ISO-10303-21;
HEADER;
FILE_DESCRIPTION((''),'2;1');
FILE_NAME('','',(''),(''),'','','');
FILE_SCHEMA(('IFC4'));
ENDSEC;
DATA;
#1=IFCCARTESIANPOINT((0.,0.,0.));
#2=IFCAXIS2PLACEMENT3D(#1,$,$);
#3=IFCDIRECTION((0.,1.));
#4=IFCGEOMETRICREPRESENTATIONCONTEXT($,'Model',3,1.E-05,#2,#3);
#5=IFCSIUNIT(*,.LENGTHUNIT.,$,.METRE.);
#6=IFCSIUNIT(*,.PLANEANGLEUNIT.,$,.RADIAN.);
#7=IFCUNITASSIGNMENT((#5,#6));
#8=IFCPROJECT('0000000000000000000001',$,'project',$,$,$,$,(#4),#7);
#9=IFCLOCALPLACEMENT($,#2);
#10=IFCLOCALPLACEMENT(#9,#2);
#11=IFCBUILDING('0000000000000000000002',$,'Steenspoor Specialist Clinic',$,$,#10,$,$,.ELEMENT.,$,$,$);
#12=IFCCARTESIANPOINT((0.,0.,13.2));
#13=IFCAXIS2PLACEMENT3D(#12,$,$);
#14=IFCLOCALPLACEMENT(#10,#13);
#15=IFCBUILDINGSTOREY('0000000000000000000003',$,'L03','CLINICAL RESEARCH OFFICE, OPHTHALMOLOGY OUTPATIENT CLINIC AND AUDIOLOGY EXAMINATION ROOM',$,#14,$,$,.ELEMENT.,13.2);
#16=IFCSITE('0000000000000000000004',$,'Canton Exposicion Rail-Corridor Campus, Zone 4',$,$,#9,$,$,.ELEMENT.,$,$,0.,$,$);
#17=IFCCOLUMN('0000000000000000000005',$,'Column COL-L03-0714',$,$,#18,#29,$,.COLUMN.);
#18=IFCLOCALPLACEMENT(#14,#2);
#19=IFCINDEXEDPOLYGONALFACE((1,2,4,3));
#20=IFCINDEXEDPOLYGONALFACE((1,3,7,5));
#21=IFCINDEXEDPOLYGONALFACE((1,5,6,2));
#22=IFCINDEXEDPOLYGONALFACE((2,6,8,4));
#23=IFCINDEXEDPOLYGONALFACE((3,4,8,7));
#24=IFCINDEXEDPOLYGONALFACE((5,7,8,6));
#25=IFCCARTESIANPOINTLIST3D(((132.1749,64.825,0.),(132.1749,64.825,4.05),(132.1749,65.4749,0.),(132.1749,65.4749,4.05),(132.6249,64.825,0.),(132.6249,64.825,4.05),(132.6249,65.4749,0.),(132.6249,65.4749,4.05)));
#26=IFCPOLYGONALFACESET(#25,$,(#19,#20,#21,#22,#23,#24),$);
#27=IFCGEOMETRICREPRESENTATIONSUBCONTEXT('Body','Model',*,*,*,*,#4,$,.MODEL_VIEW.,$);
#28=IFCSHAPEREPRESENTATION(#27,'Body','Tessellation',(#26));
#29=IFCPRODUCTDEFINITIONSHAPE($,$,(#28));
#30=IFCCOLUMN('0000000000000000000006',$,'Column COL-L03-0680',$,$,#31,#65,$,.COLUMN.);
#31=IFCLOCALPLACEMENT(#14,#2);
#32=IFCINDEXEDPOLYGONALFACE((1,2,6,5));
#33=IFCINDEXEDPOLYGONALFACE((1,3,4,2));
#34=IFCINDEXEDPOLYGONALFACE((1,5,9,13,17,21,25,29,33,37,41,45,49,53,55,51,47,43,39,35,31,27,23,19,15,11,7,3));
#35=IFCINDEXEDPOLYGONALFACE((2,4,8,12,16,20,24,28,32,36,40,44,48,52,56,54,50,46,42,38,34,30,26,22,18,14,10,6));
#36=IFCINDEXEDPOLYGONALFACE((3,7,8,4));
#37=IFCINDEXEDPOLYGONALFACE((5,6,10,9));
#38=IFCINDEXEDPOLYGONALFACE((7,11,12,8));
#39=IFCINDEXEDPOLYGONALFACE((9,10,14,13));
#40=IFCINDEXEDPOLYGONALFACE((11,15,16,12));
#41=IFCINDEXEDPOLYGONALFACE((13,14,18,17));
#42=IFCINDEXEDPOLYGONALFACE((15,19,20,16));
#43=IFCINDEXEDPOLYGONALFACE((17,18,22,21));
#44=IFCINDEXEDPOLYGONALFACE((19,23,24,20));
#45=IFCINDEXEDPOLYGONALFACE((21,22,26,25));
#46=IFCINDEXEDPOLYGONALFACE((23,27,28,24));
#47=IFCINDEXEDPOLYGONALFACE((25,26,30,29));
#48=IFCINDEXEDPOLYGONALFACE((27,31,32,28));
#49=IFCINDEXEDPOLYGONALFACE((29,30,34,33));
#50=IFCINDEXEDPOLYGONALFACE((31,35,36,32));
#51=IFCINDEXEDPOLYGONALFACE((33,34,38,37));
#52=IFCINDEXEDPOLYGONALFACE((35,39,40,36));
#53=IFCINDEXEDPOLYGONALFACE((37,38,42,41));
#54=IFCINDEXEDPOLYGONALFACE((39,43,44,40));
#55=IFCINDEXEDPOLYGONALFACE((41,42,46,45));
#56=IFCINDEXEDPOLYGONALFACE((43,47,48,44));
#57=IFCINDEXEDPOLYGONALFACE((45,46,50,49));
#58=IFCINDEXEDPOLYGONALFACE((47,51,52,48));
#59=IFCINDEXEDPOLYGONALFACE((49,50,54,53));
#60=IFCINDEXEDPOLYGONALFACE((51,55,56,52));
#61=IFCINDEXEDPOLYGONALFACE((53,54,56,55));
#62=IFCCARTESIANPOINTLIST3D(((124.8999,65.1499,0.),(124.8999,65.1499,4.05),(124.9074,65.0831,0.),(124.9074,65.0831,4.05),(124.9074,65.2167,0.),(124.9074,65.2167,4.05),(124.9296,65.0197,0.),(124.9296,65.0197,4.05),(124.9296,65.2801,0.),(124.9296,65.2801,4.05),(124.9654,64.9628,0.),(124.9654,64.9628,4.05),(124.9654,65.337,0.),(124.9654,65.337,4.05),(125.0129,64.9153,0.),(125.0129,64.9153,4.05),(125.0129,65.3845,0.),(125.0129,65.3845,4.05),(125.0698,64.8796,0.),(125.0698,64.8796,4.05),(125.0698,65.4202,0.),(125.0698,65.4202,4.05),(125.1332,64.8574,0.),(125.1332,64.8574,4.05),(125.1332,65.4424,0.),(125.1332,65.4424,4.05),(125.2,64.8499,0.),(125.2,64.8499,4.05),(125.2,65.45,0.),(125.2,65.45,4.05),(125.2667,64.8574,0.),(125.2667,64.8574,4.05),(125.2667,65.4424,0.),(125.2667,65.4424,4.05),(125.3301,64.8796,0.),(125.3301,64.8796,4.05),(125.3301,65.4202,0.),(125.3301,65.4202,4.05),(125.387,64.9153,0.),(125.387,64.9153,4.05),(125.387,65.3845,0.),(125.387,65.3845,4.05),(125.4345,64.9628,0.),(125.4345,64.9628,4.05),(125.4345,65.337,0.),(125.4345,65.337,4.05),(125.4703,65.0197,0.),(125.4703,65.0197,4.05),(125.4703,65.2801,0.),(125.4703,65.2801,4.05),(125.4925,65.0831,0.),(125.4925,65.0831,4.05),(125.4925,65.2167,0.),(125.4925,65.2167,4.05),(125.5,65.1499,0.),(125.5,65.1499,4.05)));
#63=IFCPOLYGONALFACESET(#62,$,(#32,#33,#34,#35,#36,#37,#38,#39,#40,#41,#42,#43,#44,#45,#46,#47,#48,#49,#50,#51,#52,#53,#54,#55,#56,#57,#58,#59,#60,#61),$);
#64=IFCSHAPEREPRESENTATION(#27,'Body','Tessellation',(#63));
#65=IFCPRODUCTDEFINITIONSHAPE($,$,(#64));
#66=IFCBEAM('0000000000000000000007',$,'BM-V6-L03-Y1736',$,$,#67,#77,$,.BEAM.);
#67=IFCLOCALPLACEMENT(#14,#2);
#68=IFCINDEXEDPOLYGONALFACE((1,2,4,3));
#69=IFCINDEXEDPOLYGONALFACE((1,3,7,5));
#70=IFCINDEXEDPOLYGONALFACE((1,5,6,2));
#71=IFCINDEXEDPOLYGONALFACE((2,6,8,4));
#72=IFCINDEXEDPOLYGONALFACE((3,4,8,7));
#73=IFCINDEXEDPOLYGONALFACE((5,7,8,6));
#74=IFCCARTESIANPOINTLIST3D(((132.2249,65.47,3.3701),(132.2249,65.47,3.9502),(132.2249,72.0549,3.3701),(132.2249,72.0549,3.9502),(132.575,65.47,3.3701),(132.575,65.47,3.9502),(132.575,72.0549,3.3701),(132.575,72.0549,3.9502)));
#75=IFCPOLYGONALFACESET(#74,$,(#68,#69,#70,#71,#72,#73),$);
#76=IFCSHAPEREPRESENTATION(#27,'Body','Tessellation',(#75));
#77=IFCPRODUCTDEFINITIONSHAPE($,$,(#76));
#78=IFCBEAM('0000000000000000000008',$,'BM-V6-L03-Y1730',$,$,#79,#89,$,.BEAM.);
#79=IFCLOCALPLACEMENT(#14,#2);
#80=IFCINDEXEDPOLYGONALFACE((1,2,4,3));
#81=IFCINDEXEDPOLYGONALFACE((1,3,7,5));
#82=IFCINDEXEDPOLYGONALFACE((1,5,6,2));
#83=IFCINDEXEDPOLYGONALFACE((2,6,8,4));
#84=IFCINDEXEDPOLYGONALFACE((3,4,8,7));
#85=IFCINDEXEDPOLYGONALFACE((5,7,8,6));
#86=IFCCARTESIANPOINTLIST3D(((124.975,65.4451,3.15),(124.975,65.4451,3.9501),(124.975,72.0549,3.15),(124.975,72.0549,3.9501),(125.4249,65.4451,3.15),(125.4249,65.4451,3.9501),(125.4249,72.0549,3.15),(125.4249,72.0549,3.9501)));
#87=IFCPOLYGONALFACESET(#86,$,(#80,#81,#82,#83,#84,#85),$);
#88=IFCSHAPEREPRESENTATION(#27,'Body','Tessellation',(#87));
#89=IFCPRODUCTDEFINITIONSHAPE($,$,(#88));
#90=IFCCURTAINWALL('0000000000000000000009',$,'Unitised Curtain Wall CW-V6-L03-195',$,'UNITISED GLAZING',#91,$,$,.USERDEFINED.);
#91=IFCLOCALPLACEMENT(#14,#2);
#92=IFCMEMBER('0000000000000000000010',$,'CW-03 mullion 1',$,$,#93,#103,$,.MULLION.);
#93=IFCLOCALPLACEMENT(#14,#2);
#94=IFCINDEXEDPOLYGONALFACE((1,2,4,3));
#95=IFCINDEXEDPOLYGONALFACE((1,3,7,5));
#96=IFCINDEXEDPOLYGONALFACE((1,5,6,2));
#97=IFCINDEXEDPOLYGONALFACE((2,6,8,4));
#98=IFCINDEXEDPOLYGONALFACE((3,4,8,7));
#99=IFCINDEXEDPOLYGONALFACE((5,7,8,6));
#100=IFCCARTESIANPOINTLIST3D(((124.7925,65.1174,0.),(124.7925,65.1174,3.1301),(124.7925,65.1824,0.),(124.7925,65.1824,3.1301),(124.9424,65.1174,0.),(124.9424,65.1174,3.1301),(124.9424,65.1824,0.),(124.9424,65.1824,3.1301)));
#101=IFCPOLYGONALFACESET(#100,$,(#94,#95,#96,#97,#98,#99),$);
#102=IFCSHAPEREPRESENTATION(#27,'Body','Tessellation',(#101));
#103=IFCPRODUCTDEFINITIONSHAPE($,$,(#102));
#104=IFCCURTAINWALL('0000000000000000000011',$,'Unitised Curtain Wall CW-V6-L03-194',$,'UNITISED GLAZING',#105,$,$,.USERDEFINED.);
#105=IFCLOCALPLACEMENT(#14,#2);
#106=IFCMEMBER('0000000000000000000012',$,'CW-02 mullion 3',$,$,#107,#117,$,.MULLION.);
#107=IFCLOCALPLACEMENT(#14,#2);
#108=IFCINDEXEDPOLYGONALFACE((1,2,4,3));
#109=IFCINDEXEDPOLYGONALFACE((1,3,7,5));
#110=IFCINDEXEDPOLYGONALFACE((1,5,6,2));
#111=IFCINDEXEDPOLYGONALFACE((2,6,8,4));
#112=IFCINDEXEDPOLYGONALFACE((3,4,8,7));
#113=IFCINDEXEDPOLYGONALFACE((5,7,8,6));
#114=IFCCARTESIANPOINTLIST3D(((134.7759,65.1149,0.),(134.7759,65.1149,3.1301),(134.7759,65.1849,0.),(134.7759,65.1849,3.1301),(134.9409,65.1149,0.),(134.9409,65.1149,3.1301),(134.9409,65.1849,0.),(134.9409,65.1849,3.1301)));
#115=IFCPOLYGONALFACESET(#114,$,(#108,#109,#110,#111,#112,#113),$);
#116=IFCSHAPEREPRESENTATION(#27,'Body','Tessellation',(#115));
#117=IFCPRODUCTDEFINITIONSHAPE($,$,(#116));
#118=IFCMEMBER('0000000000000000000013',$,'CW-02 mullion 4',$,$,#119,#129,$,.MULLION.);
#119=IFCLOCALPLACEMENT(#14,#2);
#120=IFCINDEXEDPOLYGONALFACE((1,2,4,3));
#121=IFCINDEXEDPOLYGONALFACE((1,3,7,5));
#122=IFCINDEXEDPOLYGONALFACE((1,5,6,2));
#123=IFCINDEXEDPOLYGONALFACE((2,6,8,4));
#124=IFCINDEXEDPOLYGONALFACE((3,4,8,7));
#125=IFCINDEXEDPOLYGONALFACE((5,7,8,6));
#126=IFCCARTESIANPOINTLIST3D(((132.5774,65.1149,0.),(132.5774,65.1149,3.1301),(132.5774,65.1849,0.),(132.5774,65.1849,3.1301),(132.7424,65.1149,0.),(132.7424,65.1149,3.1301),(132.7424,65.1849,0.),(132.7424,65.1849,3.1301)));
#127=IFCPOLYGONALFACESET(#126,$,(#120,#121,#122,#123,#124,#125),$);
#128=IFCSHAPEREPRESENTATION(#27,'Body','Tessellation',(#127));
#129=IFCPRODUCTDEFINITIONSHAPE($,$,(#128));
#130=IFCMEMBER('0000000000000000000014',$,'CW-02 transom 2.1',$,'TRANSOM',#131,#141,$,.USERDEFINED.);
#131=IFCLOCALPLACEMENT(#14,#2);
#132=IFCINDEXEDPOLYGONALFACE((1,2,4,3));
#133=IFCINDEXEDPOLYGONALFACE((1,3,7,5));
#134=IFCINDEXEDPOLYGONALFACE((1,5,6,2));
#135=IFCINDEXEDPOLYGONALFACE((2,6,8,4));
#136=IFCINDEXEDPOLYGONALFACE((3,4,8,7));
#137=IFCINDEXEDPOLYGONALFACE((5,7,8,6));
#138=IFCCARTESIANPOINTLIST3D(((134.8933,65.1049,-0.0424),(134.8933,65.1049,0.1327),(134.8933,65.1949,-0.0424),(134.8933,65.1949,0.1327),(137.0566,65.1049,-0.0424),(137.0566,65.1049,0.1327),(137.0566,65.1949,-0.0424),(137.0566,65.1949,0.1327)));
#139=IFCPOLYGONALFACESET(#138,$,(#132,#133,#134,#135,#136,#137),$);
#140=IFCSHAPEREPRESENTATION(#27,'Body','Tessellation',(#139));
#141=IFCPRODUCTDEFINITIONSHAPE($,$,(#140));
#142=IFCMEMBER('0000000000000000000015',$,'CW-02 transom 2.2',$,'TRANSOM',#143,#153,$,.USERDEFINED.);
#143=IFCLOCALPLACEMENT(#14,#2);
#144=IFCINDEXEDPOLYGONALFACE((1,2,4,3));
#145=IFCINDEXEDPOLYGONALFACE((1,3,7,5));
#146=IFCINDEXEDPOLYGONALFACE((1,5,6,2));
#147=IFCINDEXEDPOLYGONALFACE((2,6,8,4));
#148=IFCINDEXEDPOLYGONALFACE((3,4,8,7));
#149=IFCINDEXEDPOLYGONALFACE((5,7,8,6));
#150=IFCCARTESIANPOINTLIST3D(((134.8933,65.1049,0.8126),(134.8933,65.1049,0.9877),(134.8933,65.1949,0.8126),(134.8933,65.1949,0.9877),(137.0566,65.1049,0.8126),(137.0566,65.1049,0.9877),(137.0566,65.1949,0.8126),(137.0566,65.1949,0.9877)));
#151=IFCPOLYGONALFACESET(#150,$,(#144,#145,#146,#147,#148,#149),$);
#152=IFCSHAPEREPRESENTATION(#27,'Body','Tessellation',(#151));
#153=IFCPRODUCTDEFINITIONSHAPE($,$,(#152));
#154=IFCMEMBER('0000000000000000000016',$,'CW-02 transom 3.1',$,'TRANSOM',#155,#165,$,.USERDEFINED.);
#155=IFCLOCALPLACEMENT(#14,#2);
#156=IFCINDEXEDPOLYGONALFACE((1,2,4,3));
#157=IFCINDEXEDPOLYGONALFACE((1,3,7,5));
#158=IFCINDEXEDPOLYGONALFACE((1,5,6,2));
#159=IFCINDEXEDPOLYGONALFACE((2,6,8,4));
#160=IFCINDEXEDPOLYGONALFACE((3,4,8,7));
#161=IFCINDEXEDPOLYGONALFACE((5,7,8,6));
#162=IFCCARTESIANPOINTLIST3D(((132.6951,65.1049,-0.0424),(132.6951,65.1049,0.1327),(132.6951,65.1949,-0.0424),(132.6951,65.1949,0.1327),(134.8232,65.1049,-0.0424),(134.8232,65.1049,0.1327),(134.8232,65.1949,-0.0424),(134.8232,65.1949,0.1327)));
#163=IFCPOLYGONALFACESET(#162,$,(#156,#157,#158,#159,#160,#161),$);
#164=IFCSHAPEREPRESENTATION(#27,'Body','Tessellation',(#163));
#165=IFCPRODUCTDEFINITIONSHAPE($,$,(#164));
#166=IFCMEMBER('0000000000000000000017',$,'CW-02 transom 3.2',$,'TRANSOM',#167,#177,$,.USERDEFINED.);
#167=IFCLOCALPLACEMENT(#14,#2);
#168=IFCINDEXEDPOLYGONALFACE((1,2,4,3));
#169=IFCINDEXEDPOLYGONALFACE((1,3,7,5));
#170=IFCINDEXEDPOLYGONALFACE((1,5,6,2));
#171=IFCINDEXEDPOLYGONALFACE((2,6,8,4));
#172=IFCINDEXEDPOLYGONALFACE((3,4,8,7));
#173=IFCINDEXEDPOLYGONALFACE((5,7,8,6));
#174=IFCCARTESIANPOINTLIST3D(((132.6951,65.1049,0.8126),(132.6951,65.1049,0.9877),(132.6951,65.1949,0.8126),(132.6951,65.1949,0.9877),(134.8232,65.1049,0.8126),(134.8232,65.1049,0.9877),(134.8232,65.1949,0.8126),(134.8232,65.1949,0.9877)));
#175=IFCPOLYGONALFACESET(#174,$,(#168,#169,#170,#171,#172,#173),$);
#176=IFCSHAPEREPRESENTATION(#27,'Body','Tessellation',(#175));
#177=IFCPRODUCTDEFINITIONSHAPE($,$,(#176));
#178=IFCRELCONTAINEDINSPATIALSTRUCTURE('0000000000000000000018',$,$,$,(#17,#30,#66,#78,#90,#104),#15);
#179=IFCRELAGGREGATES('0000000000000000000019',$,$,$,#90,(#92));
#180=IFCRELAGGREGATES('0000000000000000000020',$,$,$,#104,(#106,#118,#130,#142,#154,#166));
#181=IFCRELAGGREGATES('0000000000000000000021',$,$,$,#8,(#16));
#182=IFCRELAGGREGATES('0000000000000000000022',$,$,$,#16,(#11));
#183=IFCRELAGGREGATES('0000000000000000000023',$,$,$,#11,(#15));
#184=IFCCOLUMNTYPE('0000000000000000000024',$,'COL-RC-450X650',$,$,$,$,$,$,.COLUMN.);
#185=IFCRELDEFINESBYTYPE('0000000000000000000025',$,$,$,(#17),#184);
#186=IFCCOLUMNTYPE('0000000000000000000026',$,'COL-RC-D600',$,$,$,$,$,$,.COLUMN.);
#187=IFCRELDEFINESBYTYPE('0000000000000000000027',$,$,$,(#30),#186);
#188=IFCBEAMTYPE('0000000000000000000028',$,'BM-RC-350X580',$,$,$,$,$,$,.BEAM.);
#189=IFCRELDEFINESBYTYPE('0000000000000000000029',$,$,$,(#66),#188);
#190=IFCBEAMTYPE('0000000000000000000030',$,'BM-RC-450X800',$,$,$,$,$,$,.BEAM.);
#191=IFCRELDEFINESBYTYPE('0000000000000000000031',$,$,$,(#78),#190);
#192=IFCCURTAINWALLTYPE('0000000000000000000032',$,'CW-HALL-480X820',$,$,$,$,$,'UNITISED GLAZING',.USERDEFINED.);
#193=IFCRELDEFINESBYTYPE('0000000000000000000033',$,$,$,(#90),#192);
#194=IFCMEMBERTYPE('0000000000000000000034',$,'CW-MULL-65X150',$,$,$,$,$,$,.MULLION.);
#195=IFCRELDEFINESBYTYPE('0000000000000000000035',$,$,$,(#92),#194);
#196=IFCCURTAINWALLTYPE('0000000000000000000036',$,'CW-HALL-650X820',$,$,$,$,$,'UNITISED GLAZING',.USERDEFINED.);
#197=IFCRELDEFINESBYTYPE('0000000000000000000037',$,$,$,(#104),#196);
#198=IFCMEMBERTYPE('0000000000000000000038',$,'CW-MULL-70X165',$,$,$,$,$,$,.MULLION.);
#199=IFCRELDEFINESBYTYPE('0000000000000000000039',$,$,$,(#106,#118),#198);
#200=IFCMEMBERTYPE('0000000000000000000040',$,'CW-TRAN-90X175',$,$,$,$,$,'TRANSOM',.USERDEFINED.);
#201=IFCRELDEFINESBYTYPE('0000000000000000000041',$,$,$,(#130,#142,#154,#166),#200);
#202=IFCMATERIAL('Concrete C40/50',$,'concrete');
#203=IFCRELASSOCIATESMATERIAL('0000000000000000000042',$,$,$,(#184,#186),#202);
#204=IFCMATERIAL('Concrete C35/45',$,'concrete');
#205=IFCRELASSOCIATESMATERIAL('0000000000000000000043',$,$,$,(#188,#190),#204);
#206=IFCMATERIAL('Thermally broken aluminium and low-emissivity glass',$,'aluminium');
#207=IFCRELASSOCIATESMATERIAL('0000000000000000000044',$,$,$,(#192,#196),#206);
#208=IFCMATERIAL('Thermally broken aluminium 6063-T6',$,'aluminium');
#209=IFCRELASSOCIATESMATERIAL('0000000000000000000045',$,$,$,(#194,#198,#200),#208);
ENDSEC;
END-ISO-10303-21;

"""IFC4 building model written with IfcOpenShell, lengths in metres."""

from ifc_helpers import new_model, si_unit, direction, frame, origin, origin_2d, place, context, subcontext, project, spatial, rectangle, circle, extrude, material, material_profile, profile_set, type_object, element, aggregate, save


model = new_model("IFC4")

# Units and contexts
model_context = context("Model", 3, precision=1e-05, world=origin(), true_north=direction((0.0, 1.0)))
body_context = subcontext(model_context, "Body", "Model", "MODEL_VIEW")
ifc_project = project(units=[si_unit("LENGTHUNIT", "METRE"), si_unit("PLANEANGLEUNIT", "RADIAN")], contexts=[model_context])

# Site, building, storey
site_placement = place(None, origin())
site = spatial("IfcSite", under=ifc_project, at=site_placement, Name="Canton Exposicion Rail-Corridor Campus, Zone 4", CompositionType="ELEMENT", RefElevation=0.0)
building_placement = place(site_placement, origin())
building = spatial("IfcBuilding", under=site, at=building_placement, Name="Steenspoor Specialist Clinic", CompositionType="ELEMENT")
storey_placement = place(building_placement, frame((0.0, 0.0, 13.2)))
storey = spatial("IfcBuildingStorey", under=building, at=storey_placement, Name="L03", Description="CLINICAL RESEARCH OFFICE, OPHTHALMOLOGY OUTPATIENT CLINIC AND AUDIOLOGY EXAMINATION ROOM", CompositionType="ELEMENT", Elevation=13.2)

# Columns
ifc_material_1 = material(Name="Concrete C40/50", Category="concrete")
ifc_material_profile_1 = material_profile(ifc_material_1, rectangle(XDim=0.45, YDim=0.6499, at=origin_2d()), Name="RC-COL-450X650")
ifc_profile_set_1 = profile_set([ifc_material_profile_1], Name="Concrete C40/50")
column_type_1 = type_object("IfcColumnType", Name="COL-RC-450X650", PredefinedType="COLUMN", material=ifc_profile_set_1)
column_1_placement = place(storey_placement, frame((132.3999, 65.1499, 0.0), z_axis=(0.0, 0.0, 1.0), x_axis=(1.0, 0.0, 0.0)))
element("IfcColumn", 1, at=column_1_placement, inside=storey, type_object=column_type_1, Name="Column COL-L03-0714", PredefinedType="COLUMN", context=body_context, shape_type="SweptSolid", body=[
    extrude(rectangle(XDim=0.45, YDim=0.6499, at=origin_2d()), origin(), (0.0, 0.0, 1.0), 4.05),
])
ifc_material_profile_2 = material_profile(ifc_material_1, circle(Radius=0.3, at=origin_2d()), Name="RC-COL-D600")
ifc_profile_set_2 = profile_set([ifc_material_profile_2], Name="Concrete C40/50")
column_type_2 = type_object("IfcColumnType", Name="COL-RC-D600", PredefinedType="COLUMN", material=ifc_profile_set_2)
column_2_placement = place(storey_placement, frame((125.2, 65.1499, 0.0), z_axis=(0.0, 0.0, 1.0), x_axis=(1.0, 0.0, 0.0)))
element("IfcColumn", 2, at=column_2_placement, inside=storey, type_object=column_type_2, Name="Column COL-L03-0680", PredefinedType="COLUMN", context=body_context, shape_type="SweptSolid", body=[
    extrude(circle(Radius=0.3, at=origin_2d()), origin(), (0.0, 0.0, 1.0), 4.05),
])

# Beams
ifc_material_2 = material(Name="Concrete C35/45", Category="concrete")
ifc_material_profile_3 = material_profile(ifc_material_2, rectangle(XDim=0.3501, YDim=0.5801, at=origin_2d()), Name="RC-BM-350X580")
ifc_profile_set_3 = profile_set([ifc_material_profile_3], Name="Concrete C35/45")
beam_type_1 = type_object("IfcBeamType", Name="BM-RC-350X580", PredefinedType="BEAM", material=ifc_profile_set_3)
beam_1_placement = place(storey_placement, frame((132.3999, 65.47, 3.6602), z_axis=(0.0, 1.0, 0.0), x_axis=(-1.0, 0.0, 0.0)))
element("IfcBeam", 3, at=beam_1_placement, inside=storey, type_object=beam_type_1, Name="BM-V6-L03-Y1736", PredefinedType="BEAM", context=body_context, shape_type="SweptSolid", body=[
    extrude(rectangle(XDim=0.3501, YDim=0.5801, at=origin_2d()), origin(), (0.0, 0.0, 1.0), 6.585),
])
ifc_material_profile_4 = material_profile(ifc_material_2, rectangle(XDim=0.45, YDim=0.8, at=origin_2d()), Name="RC-BM-450X800")
ifc_profile_set_4 = profile_set([ifc_material_profile_4], Name="Concrete C35/45")
beam_type_2 = type_object("IfcBeamType", Name="BM-RC-450X800", PredefinedType="BEAM", material=ifc_profile_set_4)
beam_2_placement = place(storey_placement, frame((125.2, 65.4451, 3.55), z_axis=(0.0, 1.0, 0.0), x_axis=(-1.0, 0.0, 0.0)))
element("IfcBeam", 4, at=beam_2_placement, inside=storey, type_object=beam_type_2, Name="BM-V6-L03-Y1730", PredefinedType="BEAM", context=body_context, shape_type="SweptSolid", body=[
    extrude(rectangle(XDim=0.45, YDim=0.8, at=origin_2d()), origin(), (0.0, 0.0, 1.0), 6.6099),
])

# Curtain wall, member
ifc_material_3 = material(Name="Thermally broken aluminium and low-emissivity glass", Category="aluminium")
curtain_wall_type_1 = type_object("IfcCurtainWallType", Name="CW-HALL-480X820", ElementType="UNITISED GLAZING", PredefinedType="USERDEFINED", material=ifc_material_3)
curtain_wall_1_placement = place(storey_placement, origin())
curtain_wall_1 = element("IfcCurtainWall", 5, at=curtain_wall_1_placement, inside=storey, type_object=curtain_wall_type_1, Name="Unitised Curtain Wall CW-V6-L03-195", ObjectType="UNITISED GLAZING", PredefinedType="USERDEFINED")
ifc_material_4 = material(Name="Thermally broken aluminium 6063-T6", Category="aluminium")
ifc_material_profile_5 = material_profile(ifc_material_4, rectangle(XDim=0.0649, YDim=0.1499, at=origin_2d()), Name="CWM-65X150")
ifc_profile_set_5 = profile_set([ifc_material_profile_5], Name="Thermally broken aluminium 6063-T6")
member_type_1 = type_object("IfcMemberType", Name="CW-MULL-65X150", PredefinedType="MULLION", material=ifc_profile_set_5)
member_1_placement = place(storey_placement, frame((124.8674, 65.1499, 0.0), z_axis=(0.0, 0.0, 1.0), x_axis=(0.0, -1.0, 0.0)))
member_1 = element("IfcMember", 6, at=member_1_placement, type_object=member_type_1, Name="CW-03 mullion 1", PredefinedType="MULLION", context=body_context, shape_type="SweptSolid", body=[
    extrude(rectangle(XDim=0.0649, YDim=0.1499, at=origin_2d()), origin(), (0.0, 0.0, 1.0), 3.1301),
])
aggregate(curtain_wall_1, [member_1])

# Curtain wall, members
curtain_wall_type_2 = type_object("IfcCurtainWallType", Name="CW-HALL-650X820", ElementType="UNITISED GLAZING", PredefinedType="USERDEFINED", material=ifc_material_3)
curtain_wall_2_placement = place(storey_placement, origin())
curtain_wall_2 = element("IfcCurtainWall", 7, at=curtain_wall_2_placement, inside=storey, type_object=curtain_wall_type_2, Name="Unitised Curtain Wall CW-V6-L03-194", ObjectType="UNITISED GLAZING", PredefinedType="USERDEFINED")
ifc_material_profile_6 = material_profile(ifc_material_4, rectangle(XDim=0.0701, YDim=0.165, at=origin_2d()), Name="CWM-70X165")
ifc_profile_set_6 = profile_set([ifc_material_profile_6], Name="Thermally broken aluminium 6063-T6")
member_type_2 = type_object("IfcMemberType", Name="CW-MULL-70X165", PredefinedType="MULLION", material=ifc_profile_set_6)
member_2_placement = place(storey_placement, frame((134.8584, 65.1499, 0.0), z_axis=(0.0, 0.0, 1.0), x_axis=(0.0, -1.0, 0.0)))
member_2 = element("IfcMember", 8, at=member_2_placement, type_object=member_type_2, Name="CW-02 mullion 3", PredefinedType="MULLION", context=body_context, shape_type="SweptSolid", body=[
    extrude(rectangle(XDim=0.0701, YDim=0.165, at=origin_2d()), origin(), (0.0, 0.0, 1.0), 3.1301),
])
member_3_placement = place(storey_placement, frame((132.6599, 65.1499, 0.0), z_axis=(0.0, 0.0, 1.0), x_axis=(0.0, -1.0, 0.0)))
member_3 = element("IfcMember", 9, at=member_3_placement, type_object=member_type_2, Name="CW-02 mullion 4", PredefinedType="MULLION", context=body_context, shape_type="SweptSolid", body=[
    extrude(rectangle(XDim=0.0701, YDim=0.165, at=origin_2d()), origin(), (0.0, 0.0, 1.0), 3.1301),
])
ifc_material_profile_7 = material_profile(ifc_material_4, rectangle(XDim=0.0901, YDim=0.175, at=origin_2d()), Name="CWT-90X175")
ifc_profile_set_7 = profile_set([ifc_material_profile_7], Name="Thermally broken aluminium 6063-T6")
member_type_3 = type_object("IfcMemberType", Name="CW-TRAN-90X175", ElementType="TRANSOM", PredefinedType="USERDEFINED", material=ifc_profile_set_7)
member_4_placement = place(storey_placement, frame((137.0566, 65.1499, 0.0452), z_axis=(-1.0, 0.0, 0.0), x_axis=(0.0, -1.0, 0.0)))
member_4 = element("IfcMember", 10, at=member_4_placement, type_object=member_type_3, Name="CW-02 transom 2.1", ObjectType="TRANSOM", PredefinedType="USERDEFINED", context=body_context, shape_type="SweptSolid", body=[
    extrude(rectangle(XDim=0.0901, YDim=0.175, at=origin_2d()), origin(), (0.0, 0.0, 1.0), 2.1633),
])
member_5_placement = place(storey_placement, frame((137.0566, 65.1499, 0.9001), z_axis=(-1.0, 0.0, 0.0), x_axis=(0.0, -1.0, 0.0)))
member_5 = element("IfcMember", 11, at=member_5_placement, type_object=member_type_3, Name="CW-02 transom 2.2", ObjectType="TRANSOM", PredefinedType="USERDEFINED", context=body_context, shape_type="SweptSolid", body=[
    extrude(rectangle(XDim=0.0901, YDim=0.175, at=origin_2d()), origin(), (0.0, 0.0, 1.0), 2.1633),
])
member_6_placement = place(storey_placement, frame((134.8232, 65.1499, 0.0452), z_axis=(-1.0, 0.0, 0.0), x_axis=(0.0, -1.0, 0.0)))
member_6 = element("IfcMember", 12, at=member_6_placement, type_object=member_type_3, Name="CW-02 transom 3.1", ObjectType="TRANSOM", PredefinedType="USERDEFINED", context=body_context, shape_type="SweptSolid", body=[
    extrude(rectangle(XDim=0.0901, YDim=0.175, at=origin_2d()), origin(), (0.0, 0.0, 1.0), 2.1282),
])
member_7_placement = place(storey_placement, frame((134.8232, 65.1499, 0.9001), z_axis=(-1.0, 0.0, 0.0), x_axis=(0.0, -1.0, 0.0)))
member_7 = element("IfcMember", 13, at=member_7_placement, type_object=member_type_3, Name="CW-02 transom 3.2", ObjectType="TRANSOM", PredefinedType="USERDEFINED", context=body_context, shape_type="SweptSolid", body=[
    extrude(rectangle(XDim=0.0901, YDim=0.175, at=origin_2d()), origin(), (0.0, 0.0, 1.0), 2.1282),
])

aggregate(curtain_wall_2, [member_2, member_3, member_4, member_5, member_6, member_7])

save(model, "model.ifc")
